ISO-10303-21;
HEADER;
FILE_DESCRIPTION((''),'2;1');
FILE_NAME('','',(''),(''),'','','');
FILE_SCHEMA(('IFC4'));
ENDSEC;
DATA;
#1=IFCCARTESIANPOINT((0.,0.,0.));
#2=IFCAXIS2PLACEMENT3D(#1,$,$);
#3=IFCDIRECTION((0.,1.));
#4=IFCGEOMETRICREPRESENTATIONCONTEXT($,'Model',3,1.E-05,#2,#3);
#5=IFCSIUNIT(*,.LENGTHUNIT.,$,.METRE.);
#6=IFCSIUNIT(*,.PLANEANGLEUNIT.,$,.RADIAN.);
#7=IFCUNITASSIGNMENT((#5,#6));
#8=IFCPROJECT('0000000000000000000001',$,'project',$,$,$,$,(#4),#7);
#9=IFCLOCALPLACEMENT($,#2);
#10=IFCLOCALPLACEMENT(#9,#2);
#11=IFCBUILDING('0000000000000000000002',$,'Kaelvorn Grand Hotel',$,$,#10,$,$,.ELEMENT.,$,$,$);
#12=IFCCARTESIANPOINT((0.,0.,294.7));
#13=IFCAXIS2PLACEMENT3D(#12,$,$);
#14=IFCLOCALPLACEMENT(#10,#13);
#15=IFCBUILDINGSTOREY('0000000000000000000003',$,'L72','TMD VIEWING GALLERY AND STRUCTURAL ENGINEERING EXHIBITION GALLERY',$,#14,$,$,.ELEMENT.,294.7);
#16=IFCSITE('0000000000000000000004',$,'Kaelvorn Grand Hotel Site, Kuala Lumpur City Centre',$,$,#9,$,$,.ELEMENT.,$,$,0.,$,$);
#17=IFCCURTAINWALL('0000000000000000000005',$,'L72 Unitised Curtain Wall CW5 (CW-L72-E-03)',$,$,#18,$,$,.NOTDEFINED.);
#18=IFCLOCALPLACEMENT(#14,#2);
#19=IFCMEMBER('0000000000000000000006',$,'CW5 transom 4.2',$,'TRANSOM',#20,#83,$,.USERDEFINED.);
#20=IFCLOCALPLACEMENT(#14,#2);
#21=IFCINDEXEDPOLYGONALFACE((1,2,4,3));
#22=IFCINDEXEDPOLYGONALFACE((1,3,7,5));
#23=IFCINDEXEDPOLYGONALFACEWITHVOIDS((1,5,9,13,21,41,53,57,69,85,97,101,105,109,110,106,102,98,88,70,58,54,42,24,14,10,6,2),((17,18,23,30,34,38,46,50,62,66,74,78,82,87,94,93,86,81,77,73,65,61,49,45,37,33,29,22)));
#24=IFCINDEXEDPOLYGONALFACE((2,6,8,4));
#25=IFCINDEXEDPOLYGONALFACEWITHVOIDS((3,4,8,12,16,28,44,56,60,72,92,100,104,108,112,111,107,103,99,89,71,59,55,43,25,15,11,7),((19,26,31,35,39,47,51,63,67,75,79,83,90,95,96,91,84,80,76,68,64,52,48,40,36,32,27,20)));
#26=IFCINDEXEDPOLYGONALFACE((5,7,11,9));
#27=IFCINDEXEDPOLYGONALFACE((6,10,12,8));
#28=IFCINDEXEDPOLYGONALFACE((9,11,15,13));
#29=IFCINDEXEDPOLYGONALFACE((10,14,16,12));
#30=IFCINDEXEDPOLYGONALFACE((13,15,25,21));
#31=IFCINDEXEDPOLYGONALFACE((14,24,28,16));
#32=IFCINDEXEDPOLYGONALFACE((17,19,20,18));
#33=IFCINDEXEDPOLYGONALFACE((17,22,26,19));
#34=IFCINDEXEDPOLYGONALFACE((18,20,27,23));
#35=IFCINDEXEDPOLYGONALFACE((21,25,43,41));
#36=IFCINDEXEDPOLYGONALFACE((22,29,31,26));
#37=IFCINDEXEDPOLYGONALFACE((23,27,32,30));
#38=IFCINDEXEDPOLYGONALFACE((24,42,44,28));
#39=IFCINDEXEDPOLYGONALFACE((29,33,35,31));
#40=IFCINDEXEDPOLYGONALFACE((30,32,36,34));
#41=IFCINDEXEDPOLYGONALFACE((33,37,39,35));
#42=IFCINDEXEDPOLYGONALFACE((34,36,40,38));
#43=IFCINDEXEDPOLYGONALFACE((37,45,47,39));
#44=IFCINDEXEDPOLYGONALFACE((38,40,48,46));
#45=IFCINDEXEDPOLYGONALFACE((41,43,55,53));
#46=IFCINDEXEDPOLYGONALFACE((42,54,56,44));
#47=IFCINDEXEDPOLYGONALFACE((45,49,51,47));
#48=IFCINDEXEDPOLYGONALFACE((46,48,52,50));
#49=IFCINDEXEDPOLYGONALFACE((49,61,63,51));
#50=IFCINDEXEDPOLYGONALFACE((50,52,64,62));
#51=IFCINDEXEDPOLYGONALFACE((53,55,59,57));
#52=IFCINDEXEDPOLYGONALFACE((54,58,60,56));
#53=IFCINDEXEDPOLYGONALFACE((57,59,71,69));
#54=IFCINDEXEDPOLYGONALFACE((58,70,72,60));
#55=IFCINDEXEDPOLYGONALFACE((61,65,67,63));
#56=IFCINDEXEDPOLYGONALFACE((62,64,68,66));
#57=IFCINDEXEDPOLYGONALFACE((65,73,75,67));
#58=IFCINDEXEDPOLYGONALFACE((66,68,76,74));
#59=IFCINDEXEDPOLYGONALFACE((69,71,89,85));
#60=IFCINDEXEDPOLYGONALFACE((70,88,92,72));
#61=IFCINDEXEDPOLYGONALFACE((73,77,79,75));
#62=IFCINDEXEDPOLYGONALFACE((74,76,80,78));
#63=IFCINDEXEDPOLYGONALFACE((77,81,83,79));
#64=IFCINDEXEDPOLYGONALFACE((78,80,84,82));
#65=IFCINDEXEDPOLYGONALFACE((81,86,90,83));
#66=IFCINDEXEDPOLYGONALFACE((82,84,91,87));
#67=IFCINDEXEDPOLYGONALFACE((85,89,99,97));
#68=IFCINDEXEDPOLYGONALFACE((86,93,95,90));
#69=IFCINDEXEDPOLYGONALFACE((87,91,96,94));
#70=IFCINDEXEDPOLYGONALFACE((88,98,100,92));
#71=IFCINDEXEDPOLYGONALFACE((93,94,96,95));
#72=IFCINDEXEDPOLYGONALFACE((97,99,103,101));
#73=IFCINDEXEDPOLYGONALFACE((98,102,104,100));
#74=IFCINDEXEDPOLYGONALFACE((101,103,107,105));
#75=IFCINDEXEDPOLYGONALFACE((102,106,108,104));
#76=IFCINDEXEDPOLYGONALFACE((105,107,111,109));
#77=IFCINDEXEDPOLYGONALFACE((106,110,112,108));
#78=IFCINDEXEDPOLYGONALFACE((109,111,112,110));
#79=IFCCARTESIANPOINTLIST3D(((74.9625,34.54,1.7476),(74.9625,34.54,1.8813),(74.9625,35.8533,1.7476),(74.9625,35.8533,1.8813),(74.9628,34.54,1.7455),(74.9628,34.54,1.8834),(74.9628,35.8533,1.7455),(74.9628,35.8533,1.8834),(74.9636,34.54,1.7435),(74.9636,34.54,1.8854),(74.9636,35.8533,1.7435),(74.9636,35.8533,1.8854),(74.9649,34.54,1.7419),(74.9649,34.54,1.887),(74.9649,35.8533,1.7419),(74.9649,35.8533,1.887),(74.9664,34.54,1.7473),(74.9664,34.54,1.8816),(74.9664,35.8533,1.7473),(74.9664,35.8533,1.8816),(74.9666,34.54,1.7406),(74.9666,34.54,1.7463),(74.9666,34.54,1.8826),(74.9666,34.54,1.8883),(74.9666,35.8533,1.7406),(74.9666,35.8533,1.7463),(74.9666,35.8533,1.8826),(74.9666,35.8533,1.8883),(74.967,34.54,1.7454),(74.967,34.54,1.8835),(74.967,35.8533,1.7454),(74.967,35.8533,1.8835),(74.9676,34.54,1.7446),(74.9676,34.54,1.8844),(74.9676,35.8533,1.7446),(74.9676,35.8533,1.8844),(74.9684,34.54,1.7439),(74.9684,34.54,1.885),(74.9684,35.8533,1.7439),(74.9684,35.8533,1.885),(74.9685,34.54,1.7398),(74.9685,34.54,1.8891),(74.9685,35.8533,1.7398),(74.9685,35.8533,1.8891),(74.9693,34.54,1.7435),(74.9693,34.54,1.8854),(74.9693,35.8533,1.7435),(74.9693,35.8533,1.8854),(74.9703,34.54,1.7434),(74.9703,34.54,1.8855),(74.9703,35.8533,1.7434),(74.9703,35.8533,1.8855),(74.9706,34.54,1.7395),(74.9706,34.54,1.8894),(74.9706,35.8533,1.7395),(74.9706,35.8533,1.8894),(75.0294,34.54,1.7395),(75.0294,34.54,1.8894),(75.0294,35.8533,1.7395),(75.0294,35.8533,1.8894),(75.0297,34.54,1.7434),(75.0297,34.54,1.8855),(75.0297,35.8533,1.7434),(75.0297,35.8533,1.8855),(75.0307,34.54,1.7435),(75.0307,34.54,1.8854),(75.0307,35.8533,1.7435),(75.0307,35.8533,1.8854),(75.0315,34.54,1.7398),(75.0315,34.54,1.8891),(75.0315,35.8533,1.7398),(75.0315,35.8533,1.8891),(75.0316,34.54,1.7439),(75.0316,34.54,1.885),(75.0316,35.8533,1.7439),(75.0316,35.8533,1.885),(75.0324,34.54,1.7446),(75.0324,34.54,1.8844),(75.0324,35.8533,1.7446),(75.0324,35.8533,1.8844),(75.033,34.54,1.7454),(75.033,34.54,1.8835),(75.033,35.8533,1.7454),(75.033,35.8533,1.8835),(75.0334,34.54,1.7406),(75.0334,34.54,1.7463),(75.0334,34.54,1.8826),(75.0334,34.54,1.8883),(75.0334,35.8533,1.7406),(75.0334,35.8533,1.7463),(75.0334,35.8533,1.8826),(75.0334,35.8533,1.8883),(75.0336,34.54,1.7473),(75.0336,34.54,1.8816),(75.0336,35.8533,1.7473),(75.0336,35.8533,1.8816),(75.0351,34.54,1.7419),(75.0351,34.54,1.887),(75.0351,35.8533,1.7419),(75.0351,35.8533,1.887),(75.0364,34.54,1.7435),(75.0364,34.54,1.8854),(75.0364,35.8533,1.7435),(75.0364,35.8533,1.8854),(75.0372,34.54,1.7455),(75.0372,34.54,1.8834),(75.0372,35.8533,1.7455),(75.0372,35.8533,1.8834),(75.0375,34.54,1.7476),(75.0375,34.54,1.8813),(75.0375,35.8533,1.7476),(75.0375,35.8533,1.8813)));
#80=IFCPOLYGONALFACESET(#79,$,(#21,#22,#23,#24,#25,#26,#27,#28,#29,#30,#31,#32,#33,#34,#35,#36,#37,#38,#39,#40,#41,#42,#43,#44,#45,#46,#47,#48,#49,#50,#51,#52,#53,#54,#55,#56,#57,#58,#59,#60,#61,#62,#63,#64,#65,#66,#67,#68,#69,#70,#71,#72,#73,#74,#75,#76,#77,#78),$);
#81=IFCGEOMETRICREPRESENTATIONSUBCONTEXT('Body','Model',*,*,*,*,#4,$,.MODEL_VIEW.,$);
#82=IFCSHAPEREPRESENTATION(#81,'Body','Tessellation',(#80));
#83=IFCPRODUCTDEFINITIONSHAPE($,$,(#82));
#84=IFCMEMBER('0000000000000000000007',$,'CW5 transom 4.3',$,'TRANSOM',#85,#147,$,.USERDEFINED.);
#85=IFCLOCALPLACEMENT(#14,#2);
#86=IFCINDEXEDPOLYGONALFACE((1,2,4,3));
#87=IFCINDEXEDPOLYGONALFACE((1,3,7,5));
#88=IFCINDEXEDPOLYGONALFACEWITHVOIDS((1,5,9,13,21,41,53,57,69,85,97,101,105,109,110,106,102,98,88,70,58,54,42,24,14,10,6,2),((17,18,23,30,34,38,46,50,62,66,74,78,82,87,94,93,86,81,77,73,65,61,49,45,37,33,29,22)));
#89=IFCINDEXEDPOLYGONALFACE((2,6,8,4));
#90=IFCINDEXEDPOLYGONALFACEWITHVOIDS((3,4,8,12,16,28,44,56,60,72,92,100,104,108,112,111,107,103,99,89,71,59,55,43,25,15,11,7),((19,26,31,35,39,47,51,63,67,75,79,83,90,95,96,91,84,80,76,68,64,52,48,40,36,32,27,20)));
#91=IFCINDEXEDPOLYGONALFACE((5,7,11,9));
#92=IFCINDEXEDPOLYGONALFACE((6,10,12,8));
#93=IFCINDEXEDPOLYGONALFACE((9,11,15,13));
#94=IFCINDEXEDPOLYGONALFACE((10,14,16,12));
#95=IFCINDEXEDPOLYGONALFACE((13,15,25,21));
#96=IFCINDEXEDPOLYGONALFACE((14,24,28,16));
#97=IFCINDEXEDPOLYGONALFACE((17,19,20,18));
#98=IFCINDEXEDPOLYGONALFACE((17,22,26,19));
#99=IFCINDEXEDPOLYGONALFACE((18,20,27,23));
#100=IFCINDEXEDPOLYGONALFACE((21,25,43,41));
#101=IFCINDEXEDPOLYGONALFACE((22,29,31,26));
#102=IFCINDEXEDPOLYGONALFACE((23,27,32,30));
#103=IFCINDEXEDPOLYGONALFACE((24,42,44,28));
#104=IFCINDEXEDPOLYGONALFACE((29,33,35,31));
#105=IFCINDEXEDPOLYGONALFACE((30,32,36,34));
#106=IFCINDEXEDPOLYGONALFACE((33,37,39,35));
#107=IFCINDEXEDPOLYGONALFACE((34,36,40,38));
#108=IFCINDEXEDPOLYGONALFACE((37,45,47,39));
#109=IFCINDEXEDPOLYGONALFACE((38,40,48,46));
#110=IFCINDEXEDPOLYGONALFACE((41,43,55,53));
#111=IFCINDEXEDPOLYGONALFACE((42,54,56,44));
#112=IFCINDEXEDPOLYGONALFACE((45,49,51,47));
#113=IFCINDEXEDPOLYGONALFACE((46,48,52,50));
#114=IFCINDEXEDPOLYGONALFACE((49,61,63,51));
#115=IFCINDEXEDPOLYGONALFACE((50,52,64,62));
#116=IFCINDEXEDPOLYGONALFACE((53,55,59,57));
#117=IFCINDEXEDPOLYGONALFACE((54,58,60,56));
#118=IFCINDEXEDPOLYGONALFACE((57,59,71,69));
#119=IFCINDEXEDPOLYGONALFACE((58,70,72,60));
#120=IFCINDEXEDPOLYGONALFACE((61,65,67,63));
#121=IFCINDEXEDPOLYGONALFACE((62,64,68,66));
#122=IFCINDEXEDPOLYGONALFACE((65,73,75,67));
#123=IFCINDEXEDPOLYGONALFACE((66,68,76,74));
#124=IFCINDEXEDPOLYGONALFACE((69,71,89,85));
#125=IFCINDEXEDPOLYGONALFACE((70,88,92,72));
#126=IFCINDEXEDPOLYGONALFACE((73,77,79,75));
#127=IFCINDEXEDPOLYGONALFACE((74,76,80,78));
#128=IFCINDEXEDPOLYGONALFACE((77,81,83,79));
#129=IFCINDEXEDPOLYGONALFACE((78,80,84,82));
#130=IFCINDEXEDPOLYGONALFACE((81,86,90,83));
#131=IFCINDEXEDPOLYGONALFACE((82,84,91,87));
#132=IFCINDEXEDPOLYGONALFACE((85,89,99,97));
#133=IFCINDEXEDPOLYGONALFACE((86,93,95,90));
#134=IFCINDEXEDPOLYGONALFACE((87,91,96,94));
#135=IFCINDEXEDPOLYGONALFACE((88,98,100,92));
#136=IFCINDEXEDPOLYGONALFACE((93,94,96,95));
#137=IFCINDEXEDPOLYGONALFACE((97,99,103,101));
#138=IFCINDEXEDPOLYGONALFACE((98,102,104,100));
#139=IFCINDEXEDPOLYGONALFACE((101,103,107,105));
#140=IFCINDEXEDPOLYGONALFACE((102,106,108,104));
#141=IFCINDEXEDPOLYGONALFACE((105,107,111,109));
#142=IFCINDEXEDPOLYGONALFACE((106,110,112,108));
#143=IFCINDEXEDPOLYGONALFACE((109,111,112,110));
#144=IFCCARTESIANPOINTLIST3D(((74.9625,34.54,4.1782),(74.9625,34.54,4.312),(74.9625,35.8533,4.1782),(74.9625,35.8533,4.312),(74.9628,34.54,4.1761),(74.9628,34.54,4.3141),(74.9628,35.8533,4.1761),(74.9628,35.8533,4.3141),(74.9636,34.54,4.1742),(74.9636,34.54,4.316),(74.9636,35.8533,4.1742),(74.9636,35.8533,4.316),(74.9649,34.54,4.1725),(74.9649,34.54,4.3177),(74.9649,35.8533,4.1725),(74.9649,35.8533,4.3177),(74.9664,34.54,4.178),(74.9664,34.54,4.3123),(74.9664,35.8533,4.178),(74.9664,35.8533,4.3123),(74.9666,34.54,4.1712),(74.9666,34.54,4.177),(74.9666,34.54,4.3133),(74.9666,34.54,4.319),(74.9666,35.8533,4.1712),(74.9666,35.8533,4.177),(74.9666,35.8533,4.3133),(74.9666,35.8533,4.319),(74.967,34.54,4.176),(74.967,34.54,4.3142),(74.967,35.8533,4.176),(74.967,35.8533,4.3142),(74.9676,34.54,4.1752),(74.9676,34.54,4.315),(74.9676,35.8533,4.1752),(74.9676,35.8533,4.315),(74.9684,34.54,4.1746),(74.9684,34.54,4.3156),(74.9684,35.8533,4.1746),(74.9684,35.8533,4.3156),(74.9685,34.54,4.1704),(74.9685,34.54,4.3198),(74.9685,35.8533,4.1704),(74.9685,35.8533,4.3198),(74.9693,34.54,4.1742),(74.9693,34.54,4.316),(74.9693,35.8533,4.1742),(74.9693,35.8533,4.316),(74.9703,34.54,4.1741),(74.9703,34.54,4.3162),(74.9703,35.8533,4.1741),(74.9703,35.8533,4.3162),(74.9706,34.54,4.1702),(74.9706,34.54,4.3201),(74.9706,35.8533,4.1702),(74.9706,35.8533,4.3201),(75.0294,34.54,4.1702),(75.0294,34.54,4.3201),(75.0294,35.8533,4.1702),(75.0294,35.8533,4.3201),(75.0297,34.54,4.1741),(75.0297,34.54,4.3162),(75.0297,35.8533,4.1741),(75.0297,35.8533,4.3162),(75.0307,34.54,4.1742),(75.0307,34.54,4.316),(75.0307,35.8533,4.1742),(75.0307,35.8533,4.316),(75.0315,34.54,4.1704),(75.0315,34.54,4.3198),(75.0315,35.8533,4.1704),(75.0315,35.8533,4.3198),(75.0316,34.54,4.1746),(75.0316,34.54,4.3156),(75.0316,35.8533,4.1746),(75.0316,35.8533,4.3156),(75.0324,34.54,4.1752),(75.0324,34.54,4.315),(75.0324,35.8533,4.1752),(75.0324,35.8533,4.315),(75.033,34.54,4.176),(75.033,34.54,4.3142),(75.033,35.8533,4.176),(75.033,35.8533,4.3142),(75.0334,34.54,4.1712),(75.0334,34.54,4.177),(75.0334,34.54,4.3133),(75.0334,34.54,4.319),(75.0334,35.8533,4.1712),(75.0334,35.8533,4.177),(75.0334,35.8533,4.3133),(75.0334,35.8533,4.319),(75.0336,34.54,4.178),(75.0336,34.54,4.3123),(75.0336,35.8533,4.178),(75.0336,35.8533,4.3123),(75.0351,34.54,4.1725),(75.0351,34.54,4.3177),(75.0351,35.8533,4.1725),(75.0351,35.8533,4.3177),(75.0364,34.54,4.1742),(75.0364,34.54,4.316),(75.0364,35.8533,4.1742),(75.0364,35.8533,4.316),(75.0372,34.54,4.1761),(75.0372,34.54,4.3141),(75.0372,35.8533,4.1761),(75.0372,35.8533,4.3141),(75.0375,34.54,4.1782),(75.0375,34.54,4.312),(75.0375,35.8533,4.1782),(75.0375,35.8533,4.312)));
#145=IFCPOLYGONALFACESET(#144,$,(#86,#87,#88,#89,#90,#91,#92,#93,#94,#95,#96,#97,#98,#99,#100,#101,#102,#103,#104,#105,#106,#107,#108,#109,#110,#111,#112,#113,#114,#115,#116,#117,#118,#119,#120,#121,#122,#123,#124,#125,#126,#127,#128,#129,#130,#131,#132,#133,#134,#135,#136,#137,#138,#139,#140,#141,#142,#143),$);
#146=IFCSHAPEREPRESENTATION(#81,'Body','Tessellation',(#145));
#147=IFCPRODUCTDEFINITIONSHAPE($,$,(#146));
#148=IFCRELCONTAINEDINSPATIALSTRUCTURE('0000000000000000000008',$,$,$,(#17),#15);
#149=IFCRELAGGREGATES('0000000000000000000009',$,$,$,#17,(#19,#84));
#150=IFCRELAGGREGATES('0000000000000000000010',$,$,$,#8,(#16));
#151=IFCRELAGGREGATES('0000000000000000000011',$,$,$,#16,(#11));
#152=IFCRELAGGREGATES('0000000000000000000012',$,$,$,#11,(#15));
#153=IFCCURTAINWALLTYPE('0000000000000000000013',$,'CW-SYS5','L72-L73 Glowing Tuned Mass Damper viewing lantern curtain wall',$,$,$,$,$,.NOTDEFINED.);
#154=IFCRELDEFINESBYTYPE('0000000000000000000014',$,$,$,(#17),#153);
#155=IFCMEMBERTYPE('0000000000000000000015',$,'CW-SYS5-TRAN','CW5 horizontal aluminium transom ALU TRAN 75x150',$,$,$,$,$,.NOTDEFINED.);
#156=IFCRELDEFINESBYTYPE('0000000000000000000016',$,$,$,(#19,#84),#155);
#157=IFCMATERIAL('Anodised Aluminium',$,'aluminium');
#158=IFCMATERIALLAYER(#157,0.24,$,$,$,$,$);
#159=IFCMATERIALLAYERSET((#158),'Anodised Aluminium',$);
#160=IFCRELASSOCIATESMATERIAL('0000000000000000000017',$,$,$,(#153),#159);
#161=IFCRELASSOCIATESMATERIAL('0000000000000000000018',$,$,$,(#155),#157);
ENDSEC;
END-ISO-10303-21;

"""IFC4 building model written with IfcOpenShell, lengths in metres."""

from ifc_helpers import new_model, si_unit, direction, frame, origin, origin_2d, place, context, subcontext, project, spatial, hollow_rectangle, extrude, material, layer, layer_set, material_profile, profile_set, type_object, element, aggregate, save


model = new_model("IFC4")

# Units and contexts
model_context = context("Model", 3, precision=1e-05, world=origin(), true_north=direction((0.0, 1.0)))
body_context = subcontext(model_context, "Body", "Model", "MODEL_VIEW")
ifc_project = project(units=[si_unit("LENGTHUNIT", "METRE"), si_unit("PLANEANGLEUNIT", "RADIAN")], contexts=[model_context])

# Site, building, storey
site_placement = place(None, origin())
site = spatial("IfcSite", under=ifc_project, at=site_placement, Name="Kaelvorn Grand Hotel Site, Kuala Lumpur City Centre", CompositionType="ELEMENT", RefElevation=0.0)
building_placement = place(site_placement, origin())
building = spatial("IfcBuilding", under=site, at=building_placement, Name="Kaelvorn Grand Hotel", CompositionType="ELEMENT")
storey_placement = place(building_placement, frame((0.0, 0.0, 294.7)))
storey = spatial("IfcBuildingStorey", under=building, at=storey_placement, Name="L72", Description="TMD VIEWING GALLERY AND STRUCTURAL ENGINEERING EXHIBITION GALLERY", CompositionType="ELEMENT", Elevation=294.7)

# Curtain wall, members
ifc_material_1 = material(Name="Anodised Aluminium", Category="aluminium")
ifc_layer_1 = layer(ifc_material_1, 0.24)
ifc_layer_set_1 = layer_set([ifc_layer_1], Name="Anodised Aluminium")
curtain_wall_type = type_object("IfcCurtainWallType", Name="CW-SYS5", Description="L72-L73 Glowing Tuned Mass Damper viewing lantern curtain wall", PredefinedType="NOTDEFINED", material=ifc_layer_set_1)
curtain_wall_placement = place(storey_placement, origin())
curtain_wall = element("IfcCurtainWall", 1, at=curtain_wall_placement, inside=storey, type_object=curtain_wall_type, Name="L72 Unitised Curtain Wall CW5 (CW-L72-E-03)", PredefinedType="NOTDEFINED")
ifc_material_profile_1 = material_profile(ifc_material_1, hollow_rectangle(XDim=0.075, YDim=0.1499, WallThickness=0.0039, InnerFilletRadius=0.0039, OuterFilletRadius=0.0081, at=origin_2d()), Name="ALU TRAN 75x150")
ifc_profile_set_1 = profile_set([ifc_material_profile_1], Name="Anodised Aluminium")
member_type_1 = type_object("IfcMemberType", Name="CW-SYS5-TRAN", Description="CW5 horizontal aluminium transom ALU TRAN 75x150", PredefinedType="NOTDEFINED", material=ifc_profile_set_1)
member_1_placement = place(storey_placement, frame((75.0, 34.54, 1.8145), z_axis=(0.0, 1.0, 0.0), x_axis=(-1.0, 0.0, 0.0)))
member_1 = element("IfcMember", 2, at=member_1_placement, type_object=member_type_1, Name="CW5 transom 4.2", ObjectType="TRANSOM", PredefinedType="USERDEFINED", context=body_context, shape_type="SweptSolid", body=[
    extrude(hollow_rectangle(XDim=0.075, YDim=0.1499, WallThickness=0.0039, InnerFilletRadius=0.0039, OuterFilletRadius=0.0081, at=origin_2d()), origin(), (0.0, 0.0, 1.0), 1.3132),
])
member_2_placement = place(storey_placement, frame((75.0, 34.54, 4.2451), z_axis=(0.0, 1.0, 0.0), x_axis=(-1.0, 0.0, 0.0)))
member_2 = element("IfcMember", 3, at=member_2_placement, type_object=member_type_1, Name="CW5 transom 4.3", ObjectType="TRANSOM", PredefinedType="USERDEFINED", context=body_context, shape_type="SweptSolid", body=[
    extrude(hollow_rectangle(XDim=0.075, YDim=0.1499, WallThickness=0.0039, InnerFilletRadius=0.0039, OuterFilletRadius=0.0081, at=origin_2d()), origin(), (0.0, 0.0, 1.0), 1.3132),
])
aggregate(curtain_wall, [member_1, member_2])

save(model, "model.ifc")
